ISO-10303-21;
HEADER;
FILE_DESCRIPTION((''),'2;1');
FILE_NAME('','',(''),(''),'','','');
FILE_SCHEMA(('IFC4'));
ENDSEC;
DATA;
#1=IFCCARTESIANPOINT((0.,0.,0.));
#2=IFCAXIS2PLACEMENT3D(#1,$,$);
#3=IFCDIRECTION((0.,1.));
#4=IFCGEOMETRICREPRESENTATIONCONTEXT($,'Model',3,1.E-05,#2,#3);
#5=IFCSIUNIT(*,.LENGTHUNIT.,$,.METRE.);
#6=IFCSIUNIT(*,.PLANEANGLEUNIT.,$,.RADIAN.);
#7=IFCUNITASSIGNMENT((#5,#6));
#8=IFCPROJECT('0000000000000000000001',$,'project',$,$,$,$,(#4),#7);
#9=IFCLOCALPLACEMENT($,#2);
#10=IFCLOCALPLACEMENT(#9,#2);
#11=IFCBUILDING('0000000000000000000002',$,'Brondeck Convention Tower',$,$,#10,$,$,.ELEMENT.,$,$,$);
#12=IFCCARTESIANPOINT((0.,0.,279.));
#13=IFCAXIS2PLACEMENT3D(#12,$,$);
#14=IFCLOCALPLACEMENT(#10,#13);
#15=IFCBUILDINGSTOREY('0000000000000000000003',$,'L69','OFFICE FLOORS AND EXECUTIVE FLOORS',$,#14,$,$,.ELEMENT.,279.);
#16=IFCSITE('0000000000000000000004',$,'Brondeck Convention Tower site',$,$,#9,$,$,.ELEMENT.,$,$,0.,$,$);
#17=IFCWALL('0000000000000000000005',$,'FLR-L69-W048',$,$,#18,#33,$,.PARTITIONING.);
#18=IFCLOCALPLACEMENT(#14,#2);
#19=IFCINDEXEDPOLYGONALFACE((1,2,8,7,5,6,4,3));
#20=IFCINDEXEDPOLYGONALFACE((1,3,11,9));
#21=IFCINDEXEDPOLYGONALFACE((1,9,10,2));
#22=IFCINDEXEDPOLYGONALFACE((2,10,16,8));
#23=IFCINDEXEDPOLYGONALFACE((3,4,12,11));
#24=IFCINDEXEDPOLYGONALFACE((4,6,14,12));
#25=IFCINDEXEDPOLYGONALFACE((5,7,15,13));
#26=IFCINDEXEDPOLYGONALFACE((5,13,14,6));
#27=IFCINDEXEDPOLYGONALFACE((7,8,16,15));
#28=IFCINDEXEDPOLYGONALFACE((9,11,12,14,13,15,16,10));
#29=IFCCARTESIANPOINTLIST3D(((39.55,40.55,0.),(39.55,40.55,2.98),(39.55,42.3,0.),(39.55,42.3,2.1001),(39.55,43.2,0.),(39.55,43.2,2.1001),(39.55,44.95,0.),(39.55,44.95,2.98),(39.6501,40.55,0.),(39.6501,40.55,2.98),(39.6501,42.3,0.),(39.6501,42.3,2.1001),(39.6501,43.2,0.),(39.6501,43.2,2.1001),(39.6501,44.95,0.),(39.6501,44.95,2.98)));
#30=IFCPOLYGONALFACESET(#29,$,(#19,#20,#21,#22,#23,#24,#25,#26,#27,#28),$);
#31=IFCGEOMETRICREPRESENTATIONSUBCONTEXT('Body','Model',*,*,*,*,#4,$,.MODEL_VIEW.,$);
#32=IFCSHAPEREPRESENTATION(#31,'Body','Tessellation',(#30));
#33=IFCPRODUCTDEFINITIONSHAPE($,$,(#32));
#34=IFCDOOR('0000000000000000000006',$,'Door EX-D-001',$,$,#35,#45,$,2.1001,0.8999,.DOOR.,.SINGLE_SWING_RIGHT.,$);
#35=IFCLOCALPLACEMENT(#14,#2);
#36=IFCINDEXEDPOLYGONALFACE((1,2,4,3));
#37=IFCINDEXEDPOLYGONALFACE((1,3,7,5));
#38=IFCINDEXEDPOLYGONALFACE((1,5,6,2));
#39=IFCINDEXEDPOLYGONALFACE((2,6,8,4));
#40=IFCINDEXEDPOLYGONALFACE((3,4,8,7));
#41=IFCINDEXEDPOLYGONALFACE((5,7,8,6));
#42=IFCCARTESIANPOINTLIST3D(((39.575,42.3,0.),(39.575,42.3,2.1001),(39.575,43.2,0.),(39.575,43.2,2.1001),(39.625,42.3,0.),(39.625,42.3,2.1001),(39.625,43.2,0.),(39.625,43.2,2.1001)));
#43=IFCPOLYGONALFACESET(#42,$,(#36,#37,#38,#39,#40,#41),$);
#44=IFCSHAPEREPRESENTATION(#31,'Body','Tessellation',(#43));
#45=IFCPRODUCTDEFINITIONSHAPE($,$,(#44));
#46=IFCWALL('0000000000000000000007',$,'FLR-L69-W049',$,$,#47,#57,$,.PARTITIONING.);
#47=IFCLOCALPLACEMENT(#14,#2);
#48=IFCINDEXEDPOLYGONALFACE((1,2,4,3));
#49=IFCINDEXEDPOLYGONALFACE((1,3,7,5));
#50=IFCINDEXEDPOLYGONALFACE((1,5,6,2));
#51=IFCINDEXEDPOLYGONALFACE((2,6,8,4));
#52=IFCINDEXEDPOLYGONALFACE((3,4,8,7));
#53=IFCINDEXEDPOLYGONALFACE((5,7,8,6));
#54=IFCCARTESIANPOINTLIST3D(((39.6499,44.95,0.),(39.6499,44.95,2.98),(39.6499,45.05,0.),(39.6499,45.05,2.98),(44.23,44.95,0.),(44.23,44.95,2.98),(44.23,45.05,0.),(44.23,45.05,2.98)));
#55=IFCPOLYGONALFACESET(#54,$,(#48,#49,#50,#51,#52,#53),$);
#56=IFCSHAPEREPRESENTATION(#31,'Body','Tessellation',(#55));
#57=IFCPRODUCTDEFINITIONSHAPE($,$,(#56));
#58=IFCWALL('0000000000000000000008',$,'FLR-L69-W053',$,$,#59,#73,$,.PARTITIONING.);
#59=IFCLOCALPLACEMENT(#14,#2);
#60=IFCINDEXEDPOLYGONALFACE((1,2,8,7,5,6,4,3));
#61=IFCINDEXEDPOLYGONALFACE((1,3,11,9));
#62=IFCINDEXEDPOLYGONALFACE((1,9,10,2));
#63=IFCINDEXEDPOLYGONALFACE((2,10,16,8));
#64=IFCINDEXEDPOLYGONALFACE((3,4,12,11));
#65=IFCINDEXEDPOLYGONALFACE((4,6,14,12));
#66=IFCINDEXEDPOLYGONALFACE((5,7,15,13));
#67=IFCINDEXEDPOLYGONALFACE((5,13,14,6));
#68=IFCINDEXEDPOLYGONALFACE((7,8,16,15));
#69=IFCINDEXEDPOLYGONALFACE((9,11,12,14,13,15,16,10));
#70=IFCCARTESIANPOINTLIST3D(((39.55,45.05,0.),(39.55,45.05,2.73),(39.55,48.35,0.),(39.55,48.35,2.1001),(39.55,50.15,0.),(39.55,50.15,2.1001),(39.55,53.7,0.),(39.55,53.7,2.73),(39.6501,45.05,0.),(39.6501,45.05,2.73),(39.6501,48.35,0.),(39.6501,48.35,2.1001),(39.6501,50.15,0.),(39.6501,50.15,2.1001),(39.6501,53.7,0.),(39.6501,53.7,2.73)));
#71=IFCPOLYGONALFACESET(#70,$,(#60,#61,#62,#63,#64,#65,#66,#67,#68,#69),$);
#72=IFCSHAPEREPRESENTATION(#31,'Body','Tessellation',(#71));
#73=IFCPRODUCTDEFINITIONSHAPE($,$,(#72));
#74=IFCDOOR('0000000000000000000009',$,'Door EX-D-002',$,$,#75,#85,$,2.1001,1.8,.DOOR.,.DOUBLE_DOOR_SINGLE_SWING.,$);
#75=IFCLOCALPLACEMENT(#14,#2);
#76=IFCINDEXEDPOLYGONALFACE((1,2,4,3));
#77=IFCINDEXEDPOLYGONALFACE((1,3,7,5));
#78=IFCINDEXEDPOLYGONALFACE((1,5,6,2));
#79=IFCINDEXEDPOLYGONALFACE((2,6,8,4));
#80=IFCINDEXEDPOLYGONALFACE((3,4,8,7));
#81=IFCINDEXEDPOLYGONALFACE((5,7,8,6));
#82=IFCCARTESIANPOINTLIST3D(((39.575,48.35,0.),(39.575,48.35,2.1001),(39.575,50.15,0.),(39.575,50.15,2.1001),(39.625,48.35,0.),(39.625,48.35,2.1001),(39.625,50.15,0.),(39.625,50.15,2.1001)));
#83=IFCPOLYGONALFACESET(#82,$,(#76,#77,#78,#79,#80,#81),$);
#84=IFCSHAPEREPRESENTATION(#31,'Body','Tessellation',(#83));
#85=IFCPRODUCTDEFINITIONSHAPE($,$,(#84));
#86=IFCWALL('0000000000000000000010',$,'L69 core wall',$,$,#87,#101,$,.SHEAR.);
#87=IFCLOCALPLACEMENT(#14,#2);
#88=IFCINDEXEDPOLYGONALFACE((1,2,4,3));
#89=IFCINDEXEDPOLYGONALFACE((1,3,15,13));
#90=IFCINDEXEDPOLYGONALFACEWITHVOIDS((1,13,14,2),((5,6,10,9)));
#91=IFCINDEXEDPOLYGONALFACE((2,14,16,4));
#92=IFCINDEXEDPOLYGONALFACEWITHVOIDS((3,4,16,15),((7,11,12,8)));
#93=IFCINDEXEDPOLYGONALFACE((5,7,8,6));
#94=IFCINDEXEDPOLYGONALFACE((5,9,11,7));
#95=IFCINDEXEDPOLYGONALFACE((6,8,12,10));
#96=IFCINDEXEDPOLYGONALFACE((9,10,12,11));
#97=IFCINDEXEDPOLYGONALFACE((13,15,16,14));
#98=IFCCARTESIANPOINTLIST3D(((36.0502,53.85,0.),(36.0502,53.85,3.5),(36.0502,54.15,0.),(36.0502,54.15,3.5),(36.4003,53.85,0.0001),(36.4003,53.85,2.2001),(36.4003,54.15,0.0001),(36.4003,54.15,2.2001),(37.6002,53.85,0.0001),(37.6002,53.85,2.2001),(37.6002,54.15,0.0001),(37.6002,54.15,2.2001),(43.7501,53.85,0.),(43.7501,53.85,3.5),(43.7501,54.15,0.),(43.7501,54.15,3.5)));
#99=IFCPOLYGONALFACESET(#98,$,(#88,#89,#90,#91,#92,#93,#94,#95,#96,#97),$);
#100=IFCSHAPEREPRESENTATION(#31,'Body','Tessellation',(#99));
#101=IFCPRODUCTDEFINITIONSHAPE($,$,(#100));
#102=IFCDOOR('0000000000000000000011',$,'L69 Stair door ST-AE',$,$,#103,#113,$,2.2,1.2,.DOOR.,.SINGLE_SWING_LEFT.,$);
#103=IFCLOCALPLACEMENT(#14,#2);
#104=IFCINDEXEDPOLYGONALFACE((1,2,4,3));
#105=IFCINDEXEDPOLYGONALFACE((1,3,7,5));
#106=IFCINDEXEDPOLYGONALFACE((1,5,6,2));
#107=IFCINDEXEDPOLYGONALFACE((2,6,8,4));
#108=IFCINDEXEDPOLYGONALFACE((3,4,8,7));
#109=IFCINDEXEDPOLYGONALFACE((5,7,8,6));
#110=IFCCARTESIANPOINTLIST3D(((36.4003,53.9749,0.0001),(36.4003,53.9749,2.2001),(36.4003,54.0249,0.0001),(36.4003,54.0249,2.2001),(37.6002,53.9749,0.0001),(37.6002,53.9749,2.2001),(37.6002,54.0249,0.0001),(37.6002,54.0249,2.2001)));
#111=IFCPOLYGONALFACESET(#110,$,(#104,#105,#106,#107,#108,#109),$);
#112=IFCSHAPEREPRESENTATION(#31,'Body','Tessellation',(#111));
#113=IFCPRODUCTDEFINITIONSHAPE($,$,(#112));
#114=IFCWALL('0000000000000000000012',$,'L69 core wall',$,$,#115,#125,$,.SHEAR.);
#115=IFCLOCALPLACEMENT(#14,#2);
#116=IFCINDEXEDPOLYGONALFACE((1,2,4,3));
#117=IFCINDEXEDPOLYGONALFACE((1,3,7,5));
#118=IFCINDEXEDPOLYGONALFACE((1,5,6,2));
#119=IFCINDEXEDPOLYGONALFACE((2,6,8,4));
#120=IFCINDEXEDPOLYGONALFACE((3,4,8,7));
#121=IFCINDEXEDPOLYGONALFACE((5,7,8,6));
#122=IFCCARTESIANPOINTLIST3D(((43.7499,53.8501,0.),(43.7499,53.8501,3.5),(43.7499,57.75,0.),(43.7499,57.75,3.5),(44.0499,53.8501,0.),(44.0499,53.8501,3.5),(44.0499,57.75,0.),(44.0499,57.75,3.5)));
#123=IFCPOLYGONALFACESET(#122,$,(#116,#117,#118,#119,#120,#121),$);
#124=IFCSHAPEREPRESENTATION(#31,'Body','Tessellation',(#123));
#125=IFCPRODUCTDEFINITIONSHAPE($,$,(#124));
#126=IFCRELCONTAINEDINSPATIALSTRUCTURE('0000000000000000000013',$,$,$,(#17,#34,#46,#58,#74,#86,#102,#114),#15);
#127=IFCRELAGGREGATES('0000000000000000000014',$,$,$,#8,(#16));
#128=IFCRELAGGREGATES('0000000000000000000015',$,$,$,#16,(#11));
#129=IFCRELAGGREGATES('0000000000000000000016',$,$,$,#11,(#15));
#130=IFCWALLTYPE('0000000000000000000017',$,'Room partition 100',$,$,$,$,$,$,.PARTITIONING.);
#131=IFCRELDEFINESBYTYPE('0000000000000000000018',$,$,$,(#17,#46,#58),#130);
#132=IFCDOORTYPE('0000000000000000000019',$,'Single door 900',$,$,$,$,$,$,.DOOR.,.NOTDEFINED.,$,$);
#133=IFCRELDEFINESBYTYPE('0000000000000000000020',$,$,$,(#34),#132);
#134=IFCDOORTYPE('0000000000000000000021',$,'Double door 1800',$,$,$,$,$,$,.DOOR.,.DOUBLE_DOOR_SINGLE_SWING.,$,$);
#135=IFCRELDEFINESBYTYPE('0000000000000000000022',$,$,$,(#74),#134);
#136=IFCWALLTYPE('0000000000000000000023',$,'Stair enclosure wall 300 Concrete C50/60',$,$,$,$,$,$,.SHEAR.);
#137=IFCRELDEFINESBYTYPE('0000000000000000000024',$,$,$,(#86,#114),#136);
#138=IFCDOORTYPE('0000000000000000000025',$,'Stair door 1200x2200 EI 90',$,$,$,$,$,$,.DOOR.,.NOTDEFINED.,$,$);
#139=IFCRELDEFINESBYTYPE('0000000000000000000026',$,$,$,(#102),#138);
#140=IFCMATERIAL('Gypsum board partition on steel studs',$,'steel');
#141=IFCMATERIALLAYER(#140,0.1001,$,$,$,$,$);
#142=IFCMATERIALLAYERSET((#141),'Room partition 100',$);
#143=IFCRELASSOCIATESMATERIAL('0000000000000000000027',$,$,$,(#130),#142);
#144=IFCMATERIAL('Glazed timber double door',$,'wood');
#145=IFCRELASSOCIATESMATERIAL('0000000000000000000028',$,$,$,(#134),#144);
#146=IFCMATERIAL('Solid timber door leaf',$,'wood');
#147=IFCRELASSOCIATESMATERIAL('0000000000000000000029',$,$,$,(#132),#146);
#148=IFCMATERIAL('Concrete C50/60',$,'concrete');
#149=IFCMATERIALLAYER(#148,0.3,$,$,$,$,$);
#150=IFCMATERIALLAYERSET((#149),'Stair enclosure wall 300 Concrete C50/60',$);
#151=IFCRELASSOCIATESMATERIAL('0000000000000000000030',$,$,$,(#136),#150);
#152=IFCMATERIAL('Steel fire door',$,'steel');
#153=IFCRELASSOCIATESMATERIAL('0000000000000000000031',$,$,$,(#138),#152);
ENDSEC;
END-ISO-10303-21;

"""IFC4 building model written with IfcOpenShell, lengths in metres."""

from ifc_helpers import new_model, si_unit, direction, frame, frame_2d, origin, place, context, subcontext, project, spatial, rectangle, extrude, material, layer, layer_set, type_object, element, fill, save


model = new_model("IFC4")

# Units and contexts
model_context = context("Model", 3, precision=1e-05, world=origin(), true_north=direction((0.0, 1.0)))
body_context = subcontext(model_context, "Body", "Model", "MODEL_VIEW")
ifc_project = project(units=[si_unit("LENGTHUNIT", "METRE"), si_unit("PLANEANGLEUNIT", "RADIAN")], contexts=[model_context])

# Site, building, storey
site_placement = place(None, origin())
site = spatial("IfcSite", under=ifc_project, at=site_placement, Name="Brondeck Convention Tower site", CompositionType="ELEMENT", RefElevation=0.0)
building_placement = place(site_placement, origin())
building = spatial("IfcBuilding", under=site, at=building_placement, Name="Brondeck Convention Tower", CompositionType="ELEMENT")
storey_placement = place(building_placement, frame((0.0, 0.0, 279.0)))
storey = spatial("IfcBuildingStorey", under=building, at=storey_placement, Name="L69", Description="OFFICE FLOORS AND EXECUTIVE FLOORS", CompositionType="ELEMENT", Elevation=279.0)

# Shared definitions
ifc_material_1 = material(Name="Concrete C50/60", Category="concrete")

# Shared definitions
ifc_material_2 = material(Name="Gypsum board partition on steel studs", Category="steel")
ifc_layer_1 = layer(ifc_material_2, 0.1001)
ifc_layer_set_1 = layer_set([ifc_layer_1], Name="Room partition 100")
wall_type_1 = type_object("IfcWallType", Name="Room partition 100", PredefinedType="PARTITIONING", material=ifc_layer_set_1)
ifc_material_3 = material(Name="Glazed timber double door", Category="wood")
door_type_1 = type_object("IfcDoorType", Name="Double door 1800", OperationType="DOUBLE_DOOR_SINGLE_SWING", PredefinedType="DOOR", material=ifc_material_3)

# Wall, opening, door
wall_1_placement = place(storey_placement, frame((39.6001, 44.95, 0.0), z_axis=(0.0, 0.0, 1.0), x_axis=(0.0, -1.0, 0.0)))
wall_1 = element("IfcWall", 1, at=wall_1_placement, inside=storey, type_object=wall_type_1, Name="FLR-L69-W048", PredefinedType="PARTITIONING", context=body_context, shape_type="SweptSolid", body=[
    extrude(rectangle(XDim=4.3999, YDim=0.1001, at=frame_2d((2.2, 0.0))), origin(), (0.0, 0.0, 1.0), 2.98),
])
opening_1_placement = place(wall_1_placement, frame((1.75, 0.0, 0.0)))
opening_1 = element("IfcOpeningElement", 2, at=opening_1_placement, cuts=wall_1, PredefinedType="OPENING", context=body_context, shape_type="SweptSolid", body=[
    extrude(rectangle(XDim=0.8999, YDim=2.1001, at=frame_2d((0.45, 1.05))), frame((0.0, 0.0601, 0.0), z_axis=(0.0, -1.0, 0.0), x_axis=(1.0, 0.0, 0.0)), (0.0, 0.0, 1.0), 0.1201),
])
ifc_material_4 = material(Name="Solid timber door leaf", Category="wood")
door_type_2 = type_object("IfcDoorType", Name="Single door 900", OperationType="NOTDEFINED", PredefinedType="DOOR", material=ifc_material_4)
door_1_placement = place(opening_1_placement, origin())
door_1 = element("IfcDoor", 3, at=door_1_placement, inside=storey, type_object=door_type_2, Name="Door EX-D-001", OperationType="SINGLE_SWING_RIGHT", OverallHeight=2.1001, OverallWidth=0.8999, PredefinedType="DOOR", context=body_context, shape_type="SweptSolid", body=[
    extrude(rectangle(XDim=0.8999, YDim=2.1001, at=frame_2d((0.45, 1.05))), frame((0.0, 0.0249, 0.0), z_axis=(0.0, -1.0, 0.0), x_axis=(1.0, 0.0, 0.0)), (0.0, 0.0, 1.0), 0.05),
])
fill(opening_1, door_1)

# Wall
wall_2_placement = place(storey_placement, frame((39.6499, 45.0, 0.0), z_axis=(0.0, 0.0, 1.0), x_axis=(1.0, 0.0, 0.0)))
element("IfcWall", 4, at=wall_2_placement, inside=storey, type_object=wall_type_1, Name="FLR-L69-W049", PredefinedType="PARTITIONING", context=body_context, shape_type="SweptSolid", body=[
    extrude(rectangle(XDim=4.5801, YDim=0.1001, at=frame_2d((2.29, 0.0))), origin(), (0.0, 0.0, 1.0), 2.98),
])

# Walls, openings, doors
wall_3_placement = place(storey_placement, frame((39.6001, 53.7, 0.0), z_axis=(0.0, 0.0, 1.0), x_axis=(0.0, -1.0, 0.0)))
wall_3 = element("IfcWall", 5, at=wall_3_placement, inside=storey, type_object=wall_type_1, Name="FLR-L69-W053", PredefinedType="PARTITIONING", context=body_context, shape_type="SweptSolid", body=[
    extrude(rectangle(XDim=8.6499, YDim=0.1001, at=frame_2d((4.325, 0.0))), origin(), (0.0, 0.0, 1.0), 2.73),
])
opening_2_placement = place(wall_3_placement, frame((3.55, 0.0, 0.0)))
opening_2 = element("IfcOpeningElement", 6, at=opening_2_placement, cuts=wall_3, PredefinedType="OPENING", context=body_context, shape_type="SweptSolid", body=[
    extrude(rectangle(XDim=1.8, YDim=2.1001, at=frame_2d((0.8999, 1.05))), frame((0.0, 0.0601, 0.0), z_axis=(0.0, -1.0, 0.0), x_axis=(1.0, 0.0, 0.0)), (0.0, 0.0, 1.0), 0.1201),
])
door_2_placement = place(opening_2_placement, origin())
door_2 = element("IfcDoor", 7, at=door_2_placement, inside=storey, type_object=door_type_1, Name="Door EX-D-002", OperationType="DOUBLE_DOOR_SINGLE_SWING", OverallHeight=2.1001, OverallWidth=1.8, PredefinedType="DOOR", context=body_context, shape_type="SweptSolid", body=[
    extrude(rectangle(XDim=1.8, YDim=2.1001, at=frame_2d((0.8999, 1.05))), frame((0.0, 0.0249, 0.0), z_axis=(0.0, -1.0, 0.0), x_axis=(1.0, 0.0, 0.0)), (0.0, 0.0, 1.0), 0.05),
])
fill(opening_2, door_2)
ifc_layer_2 = layer(ifc_material_1, 0.3)
ifc_layer_set_2 = layer_set([ifc_layer_2], Name="Stair enclosure wall 300 Concrete C50/60")
wall_type_2 = type_object("IfcWallType", Name="Stair enclosure wall 300 Concrete C50/60", PredefinedType="SHEAR", material=ifc_layer_set_2)
wall_4_placement = place(storey_placement, frame((36.05, 54.0, 0.0), z_axis=(0.0, 0.0, 1.0), x_axis=(1.0, 0.0, 0.0)))
wall_4 = element("IfcWall", 8, at=wall_4_placement, inside=storey, type_object=wall_type_2, Name="L69 core wall", PredefinedType="SHEAR", context=body_context, shape_type="SweptSolid", body=[
    extrude(rectangle(XDim=7.7, YDim=0.3, at=frame_2d((3.8501, 0.0))), origin(), (0.0, 0.0, 1.0), 3.5),
])
opening_3_placement = place(wall_4_placement, frame((0.3501, 0.0, 0.0)))
opening_3 = element("IfcOpeningElement", 9, at=opening_3_placement, cuts=wall_4, PredefinedType="OPENING", context=body_context, shape_type="SweptSolid", body=[
    extrude(rectangle(XDim=1.2, YDim=2.2, at=frame_2d((0.6001, 1.1001))), frame((0.0, 0.1599, 0.0), z_axis=(0.0, -1.0, 0.0), x_axis=(1.0, 0.0, 0.0)), (0.0, 0.0, 1.0), 0.3201),
])
ifc_material_5 = material(Name="Steel fire door", Category="steel")
door_type_3 = type_object("IfcDoorType", Name="Stair door 1200x2200 EI 90", OperationType="NOTDEFINED", PredefinedType="DOOR", material=ifc_material_5)
door_3_placement = place(opening_3_placement, origin())
door_3 = element("IfcDoor", 10, at=door_3_placement, inside=storey, type_object=door_type_3, Name="L69 Stair door ST-AE", OperationType="SINGLE_SWING_LEFT", OverallHeight=2.2, OverallWidth=1.2, PredefinedType="DOOR", context=body_context, shape_type="SweptSolid", body=[
    extrude(rectangle(XDim=1.2, YDim=2.2, at=frame_2d((0.6001, 1.1001))), frame((0.0, 0.0249, 0.0), z_axis=(0.0, -1.0, 0.0), x_axis=(1.0, 0.0, 0.0)), (0.0, 0.0, 1.0), 0.05),
])
fill(opening_3, door_3)

# Wall
wall_5_placement = place(storey_placement, frame((43.8999, 53.8501, 0.0), z_axis=(0.0, 0.0, 1.0), x_axis=(0.0, 1.0, 0.0)))
element("IfcWall", 11, at=wall_5_placement, inside=storey, type_object=wall_type_2, Name="L69 core wall", PredefinedType="SHEAR", context=body_context, shape_type="SweptSolid", body=[
    extrude(rectangle(XDim=3.8999, YDim=0.3, at=frame_2d((1.95, 0.0))), origin(), (0.0, 0.0, 1.0), 3.5),
])

save(model, "model.ifc")
